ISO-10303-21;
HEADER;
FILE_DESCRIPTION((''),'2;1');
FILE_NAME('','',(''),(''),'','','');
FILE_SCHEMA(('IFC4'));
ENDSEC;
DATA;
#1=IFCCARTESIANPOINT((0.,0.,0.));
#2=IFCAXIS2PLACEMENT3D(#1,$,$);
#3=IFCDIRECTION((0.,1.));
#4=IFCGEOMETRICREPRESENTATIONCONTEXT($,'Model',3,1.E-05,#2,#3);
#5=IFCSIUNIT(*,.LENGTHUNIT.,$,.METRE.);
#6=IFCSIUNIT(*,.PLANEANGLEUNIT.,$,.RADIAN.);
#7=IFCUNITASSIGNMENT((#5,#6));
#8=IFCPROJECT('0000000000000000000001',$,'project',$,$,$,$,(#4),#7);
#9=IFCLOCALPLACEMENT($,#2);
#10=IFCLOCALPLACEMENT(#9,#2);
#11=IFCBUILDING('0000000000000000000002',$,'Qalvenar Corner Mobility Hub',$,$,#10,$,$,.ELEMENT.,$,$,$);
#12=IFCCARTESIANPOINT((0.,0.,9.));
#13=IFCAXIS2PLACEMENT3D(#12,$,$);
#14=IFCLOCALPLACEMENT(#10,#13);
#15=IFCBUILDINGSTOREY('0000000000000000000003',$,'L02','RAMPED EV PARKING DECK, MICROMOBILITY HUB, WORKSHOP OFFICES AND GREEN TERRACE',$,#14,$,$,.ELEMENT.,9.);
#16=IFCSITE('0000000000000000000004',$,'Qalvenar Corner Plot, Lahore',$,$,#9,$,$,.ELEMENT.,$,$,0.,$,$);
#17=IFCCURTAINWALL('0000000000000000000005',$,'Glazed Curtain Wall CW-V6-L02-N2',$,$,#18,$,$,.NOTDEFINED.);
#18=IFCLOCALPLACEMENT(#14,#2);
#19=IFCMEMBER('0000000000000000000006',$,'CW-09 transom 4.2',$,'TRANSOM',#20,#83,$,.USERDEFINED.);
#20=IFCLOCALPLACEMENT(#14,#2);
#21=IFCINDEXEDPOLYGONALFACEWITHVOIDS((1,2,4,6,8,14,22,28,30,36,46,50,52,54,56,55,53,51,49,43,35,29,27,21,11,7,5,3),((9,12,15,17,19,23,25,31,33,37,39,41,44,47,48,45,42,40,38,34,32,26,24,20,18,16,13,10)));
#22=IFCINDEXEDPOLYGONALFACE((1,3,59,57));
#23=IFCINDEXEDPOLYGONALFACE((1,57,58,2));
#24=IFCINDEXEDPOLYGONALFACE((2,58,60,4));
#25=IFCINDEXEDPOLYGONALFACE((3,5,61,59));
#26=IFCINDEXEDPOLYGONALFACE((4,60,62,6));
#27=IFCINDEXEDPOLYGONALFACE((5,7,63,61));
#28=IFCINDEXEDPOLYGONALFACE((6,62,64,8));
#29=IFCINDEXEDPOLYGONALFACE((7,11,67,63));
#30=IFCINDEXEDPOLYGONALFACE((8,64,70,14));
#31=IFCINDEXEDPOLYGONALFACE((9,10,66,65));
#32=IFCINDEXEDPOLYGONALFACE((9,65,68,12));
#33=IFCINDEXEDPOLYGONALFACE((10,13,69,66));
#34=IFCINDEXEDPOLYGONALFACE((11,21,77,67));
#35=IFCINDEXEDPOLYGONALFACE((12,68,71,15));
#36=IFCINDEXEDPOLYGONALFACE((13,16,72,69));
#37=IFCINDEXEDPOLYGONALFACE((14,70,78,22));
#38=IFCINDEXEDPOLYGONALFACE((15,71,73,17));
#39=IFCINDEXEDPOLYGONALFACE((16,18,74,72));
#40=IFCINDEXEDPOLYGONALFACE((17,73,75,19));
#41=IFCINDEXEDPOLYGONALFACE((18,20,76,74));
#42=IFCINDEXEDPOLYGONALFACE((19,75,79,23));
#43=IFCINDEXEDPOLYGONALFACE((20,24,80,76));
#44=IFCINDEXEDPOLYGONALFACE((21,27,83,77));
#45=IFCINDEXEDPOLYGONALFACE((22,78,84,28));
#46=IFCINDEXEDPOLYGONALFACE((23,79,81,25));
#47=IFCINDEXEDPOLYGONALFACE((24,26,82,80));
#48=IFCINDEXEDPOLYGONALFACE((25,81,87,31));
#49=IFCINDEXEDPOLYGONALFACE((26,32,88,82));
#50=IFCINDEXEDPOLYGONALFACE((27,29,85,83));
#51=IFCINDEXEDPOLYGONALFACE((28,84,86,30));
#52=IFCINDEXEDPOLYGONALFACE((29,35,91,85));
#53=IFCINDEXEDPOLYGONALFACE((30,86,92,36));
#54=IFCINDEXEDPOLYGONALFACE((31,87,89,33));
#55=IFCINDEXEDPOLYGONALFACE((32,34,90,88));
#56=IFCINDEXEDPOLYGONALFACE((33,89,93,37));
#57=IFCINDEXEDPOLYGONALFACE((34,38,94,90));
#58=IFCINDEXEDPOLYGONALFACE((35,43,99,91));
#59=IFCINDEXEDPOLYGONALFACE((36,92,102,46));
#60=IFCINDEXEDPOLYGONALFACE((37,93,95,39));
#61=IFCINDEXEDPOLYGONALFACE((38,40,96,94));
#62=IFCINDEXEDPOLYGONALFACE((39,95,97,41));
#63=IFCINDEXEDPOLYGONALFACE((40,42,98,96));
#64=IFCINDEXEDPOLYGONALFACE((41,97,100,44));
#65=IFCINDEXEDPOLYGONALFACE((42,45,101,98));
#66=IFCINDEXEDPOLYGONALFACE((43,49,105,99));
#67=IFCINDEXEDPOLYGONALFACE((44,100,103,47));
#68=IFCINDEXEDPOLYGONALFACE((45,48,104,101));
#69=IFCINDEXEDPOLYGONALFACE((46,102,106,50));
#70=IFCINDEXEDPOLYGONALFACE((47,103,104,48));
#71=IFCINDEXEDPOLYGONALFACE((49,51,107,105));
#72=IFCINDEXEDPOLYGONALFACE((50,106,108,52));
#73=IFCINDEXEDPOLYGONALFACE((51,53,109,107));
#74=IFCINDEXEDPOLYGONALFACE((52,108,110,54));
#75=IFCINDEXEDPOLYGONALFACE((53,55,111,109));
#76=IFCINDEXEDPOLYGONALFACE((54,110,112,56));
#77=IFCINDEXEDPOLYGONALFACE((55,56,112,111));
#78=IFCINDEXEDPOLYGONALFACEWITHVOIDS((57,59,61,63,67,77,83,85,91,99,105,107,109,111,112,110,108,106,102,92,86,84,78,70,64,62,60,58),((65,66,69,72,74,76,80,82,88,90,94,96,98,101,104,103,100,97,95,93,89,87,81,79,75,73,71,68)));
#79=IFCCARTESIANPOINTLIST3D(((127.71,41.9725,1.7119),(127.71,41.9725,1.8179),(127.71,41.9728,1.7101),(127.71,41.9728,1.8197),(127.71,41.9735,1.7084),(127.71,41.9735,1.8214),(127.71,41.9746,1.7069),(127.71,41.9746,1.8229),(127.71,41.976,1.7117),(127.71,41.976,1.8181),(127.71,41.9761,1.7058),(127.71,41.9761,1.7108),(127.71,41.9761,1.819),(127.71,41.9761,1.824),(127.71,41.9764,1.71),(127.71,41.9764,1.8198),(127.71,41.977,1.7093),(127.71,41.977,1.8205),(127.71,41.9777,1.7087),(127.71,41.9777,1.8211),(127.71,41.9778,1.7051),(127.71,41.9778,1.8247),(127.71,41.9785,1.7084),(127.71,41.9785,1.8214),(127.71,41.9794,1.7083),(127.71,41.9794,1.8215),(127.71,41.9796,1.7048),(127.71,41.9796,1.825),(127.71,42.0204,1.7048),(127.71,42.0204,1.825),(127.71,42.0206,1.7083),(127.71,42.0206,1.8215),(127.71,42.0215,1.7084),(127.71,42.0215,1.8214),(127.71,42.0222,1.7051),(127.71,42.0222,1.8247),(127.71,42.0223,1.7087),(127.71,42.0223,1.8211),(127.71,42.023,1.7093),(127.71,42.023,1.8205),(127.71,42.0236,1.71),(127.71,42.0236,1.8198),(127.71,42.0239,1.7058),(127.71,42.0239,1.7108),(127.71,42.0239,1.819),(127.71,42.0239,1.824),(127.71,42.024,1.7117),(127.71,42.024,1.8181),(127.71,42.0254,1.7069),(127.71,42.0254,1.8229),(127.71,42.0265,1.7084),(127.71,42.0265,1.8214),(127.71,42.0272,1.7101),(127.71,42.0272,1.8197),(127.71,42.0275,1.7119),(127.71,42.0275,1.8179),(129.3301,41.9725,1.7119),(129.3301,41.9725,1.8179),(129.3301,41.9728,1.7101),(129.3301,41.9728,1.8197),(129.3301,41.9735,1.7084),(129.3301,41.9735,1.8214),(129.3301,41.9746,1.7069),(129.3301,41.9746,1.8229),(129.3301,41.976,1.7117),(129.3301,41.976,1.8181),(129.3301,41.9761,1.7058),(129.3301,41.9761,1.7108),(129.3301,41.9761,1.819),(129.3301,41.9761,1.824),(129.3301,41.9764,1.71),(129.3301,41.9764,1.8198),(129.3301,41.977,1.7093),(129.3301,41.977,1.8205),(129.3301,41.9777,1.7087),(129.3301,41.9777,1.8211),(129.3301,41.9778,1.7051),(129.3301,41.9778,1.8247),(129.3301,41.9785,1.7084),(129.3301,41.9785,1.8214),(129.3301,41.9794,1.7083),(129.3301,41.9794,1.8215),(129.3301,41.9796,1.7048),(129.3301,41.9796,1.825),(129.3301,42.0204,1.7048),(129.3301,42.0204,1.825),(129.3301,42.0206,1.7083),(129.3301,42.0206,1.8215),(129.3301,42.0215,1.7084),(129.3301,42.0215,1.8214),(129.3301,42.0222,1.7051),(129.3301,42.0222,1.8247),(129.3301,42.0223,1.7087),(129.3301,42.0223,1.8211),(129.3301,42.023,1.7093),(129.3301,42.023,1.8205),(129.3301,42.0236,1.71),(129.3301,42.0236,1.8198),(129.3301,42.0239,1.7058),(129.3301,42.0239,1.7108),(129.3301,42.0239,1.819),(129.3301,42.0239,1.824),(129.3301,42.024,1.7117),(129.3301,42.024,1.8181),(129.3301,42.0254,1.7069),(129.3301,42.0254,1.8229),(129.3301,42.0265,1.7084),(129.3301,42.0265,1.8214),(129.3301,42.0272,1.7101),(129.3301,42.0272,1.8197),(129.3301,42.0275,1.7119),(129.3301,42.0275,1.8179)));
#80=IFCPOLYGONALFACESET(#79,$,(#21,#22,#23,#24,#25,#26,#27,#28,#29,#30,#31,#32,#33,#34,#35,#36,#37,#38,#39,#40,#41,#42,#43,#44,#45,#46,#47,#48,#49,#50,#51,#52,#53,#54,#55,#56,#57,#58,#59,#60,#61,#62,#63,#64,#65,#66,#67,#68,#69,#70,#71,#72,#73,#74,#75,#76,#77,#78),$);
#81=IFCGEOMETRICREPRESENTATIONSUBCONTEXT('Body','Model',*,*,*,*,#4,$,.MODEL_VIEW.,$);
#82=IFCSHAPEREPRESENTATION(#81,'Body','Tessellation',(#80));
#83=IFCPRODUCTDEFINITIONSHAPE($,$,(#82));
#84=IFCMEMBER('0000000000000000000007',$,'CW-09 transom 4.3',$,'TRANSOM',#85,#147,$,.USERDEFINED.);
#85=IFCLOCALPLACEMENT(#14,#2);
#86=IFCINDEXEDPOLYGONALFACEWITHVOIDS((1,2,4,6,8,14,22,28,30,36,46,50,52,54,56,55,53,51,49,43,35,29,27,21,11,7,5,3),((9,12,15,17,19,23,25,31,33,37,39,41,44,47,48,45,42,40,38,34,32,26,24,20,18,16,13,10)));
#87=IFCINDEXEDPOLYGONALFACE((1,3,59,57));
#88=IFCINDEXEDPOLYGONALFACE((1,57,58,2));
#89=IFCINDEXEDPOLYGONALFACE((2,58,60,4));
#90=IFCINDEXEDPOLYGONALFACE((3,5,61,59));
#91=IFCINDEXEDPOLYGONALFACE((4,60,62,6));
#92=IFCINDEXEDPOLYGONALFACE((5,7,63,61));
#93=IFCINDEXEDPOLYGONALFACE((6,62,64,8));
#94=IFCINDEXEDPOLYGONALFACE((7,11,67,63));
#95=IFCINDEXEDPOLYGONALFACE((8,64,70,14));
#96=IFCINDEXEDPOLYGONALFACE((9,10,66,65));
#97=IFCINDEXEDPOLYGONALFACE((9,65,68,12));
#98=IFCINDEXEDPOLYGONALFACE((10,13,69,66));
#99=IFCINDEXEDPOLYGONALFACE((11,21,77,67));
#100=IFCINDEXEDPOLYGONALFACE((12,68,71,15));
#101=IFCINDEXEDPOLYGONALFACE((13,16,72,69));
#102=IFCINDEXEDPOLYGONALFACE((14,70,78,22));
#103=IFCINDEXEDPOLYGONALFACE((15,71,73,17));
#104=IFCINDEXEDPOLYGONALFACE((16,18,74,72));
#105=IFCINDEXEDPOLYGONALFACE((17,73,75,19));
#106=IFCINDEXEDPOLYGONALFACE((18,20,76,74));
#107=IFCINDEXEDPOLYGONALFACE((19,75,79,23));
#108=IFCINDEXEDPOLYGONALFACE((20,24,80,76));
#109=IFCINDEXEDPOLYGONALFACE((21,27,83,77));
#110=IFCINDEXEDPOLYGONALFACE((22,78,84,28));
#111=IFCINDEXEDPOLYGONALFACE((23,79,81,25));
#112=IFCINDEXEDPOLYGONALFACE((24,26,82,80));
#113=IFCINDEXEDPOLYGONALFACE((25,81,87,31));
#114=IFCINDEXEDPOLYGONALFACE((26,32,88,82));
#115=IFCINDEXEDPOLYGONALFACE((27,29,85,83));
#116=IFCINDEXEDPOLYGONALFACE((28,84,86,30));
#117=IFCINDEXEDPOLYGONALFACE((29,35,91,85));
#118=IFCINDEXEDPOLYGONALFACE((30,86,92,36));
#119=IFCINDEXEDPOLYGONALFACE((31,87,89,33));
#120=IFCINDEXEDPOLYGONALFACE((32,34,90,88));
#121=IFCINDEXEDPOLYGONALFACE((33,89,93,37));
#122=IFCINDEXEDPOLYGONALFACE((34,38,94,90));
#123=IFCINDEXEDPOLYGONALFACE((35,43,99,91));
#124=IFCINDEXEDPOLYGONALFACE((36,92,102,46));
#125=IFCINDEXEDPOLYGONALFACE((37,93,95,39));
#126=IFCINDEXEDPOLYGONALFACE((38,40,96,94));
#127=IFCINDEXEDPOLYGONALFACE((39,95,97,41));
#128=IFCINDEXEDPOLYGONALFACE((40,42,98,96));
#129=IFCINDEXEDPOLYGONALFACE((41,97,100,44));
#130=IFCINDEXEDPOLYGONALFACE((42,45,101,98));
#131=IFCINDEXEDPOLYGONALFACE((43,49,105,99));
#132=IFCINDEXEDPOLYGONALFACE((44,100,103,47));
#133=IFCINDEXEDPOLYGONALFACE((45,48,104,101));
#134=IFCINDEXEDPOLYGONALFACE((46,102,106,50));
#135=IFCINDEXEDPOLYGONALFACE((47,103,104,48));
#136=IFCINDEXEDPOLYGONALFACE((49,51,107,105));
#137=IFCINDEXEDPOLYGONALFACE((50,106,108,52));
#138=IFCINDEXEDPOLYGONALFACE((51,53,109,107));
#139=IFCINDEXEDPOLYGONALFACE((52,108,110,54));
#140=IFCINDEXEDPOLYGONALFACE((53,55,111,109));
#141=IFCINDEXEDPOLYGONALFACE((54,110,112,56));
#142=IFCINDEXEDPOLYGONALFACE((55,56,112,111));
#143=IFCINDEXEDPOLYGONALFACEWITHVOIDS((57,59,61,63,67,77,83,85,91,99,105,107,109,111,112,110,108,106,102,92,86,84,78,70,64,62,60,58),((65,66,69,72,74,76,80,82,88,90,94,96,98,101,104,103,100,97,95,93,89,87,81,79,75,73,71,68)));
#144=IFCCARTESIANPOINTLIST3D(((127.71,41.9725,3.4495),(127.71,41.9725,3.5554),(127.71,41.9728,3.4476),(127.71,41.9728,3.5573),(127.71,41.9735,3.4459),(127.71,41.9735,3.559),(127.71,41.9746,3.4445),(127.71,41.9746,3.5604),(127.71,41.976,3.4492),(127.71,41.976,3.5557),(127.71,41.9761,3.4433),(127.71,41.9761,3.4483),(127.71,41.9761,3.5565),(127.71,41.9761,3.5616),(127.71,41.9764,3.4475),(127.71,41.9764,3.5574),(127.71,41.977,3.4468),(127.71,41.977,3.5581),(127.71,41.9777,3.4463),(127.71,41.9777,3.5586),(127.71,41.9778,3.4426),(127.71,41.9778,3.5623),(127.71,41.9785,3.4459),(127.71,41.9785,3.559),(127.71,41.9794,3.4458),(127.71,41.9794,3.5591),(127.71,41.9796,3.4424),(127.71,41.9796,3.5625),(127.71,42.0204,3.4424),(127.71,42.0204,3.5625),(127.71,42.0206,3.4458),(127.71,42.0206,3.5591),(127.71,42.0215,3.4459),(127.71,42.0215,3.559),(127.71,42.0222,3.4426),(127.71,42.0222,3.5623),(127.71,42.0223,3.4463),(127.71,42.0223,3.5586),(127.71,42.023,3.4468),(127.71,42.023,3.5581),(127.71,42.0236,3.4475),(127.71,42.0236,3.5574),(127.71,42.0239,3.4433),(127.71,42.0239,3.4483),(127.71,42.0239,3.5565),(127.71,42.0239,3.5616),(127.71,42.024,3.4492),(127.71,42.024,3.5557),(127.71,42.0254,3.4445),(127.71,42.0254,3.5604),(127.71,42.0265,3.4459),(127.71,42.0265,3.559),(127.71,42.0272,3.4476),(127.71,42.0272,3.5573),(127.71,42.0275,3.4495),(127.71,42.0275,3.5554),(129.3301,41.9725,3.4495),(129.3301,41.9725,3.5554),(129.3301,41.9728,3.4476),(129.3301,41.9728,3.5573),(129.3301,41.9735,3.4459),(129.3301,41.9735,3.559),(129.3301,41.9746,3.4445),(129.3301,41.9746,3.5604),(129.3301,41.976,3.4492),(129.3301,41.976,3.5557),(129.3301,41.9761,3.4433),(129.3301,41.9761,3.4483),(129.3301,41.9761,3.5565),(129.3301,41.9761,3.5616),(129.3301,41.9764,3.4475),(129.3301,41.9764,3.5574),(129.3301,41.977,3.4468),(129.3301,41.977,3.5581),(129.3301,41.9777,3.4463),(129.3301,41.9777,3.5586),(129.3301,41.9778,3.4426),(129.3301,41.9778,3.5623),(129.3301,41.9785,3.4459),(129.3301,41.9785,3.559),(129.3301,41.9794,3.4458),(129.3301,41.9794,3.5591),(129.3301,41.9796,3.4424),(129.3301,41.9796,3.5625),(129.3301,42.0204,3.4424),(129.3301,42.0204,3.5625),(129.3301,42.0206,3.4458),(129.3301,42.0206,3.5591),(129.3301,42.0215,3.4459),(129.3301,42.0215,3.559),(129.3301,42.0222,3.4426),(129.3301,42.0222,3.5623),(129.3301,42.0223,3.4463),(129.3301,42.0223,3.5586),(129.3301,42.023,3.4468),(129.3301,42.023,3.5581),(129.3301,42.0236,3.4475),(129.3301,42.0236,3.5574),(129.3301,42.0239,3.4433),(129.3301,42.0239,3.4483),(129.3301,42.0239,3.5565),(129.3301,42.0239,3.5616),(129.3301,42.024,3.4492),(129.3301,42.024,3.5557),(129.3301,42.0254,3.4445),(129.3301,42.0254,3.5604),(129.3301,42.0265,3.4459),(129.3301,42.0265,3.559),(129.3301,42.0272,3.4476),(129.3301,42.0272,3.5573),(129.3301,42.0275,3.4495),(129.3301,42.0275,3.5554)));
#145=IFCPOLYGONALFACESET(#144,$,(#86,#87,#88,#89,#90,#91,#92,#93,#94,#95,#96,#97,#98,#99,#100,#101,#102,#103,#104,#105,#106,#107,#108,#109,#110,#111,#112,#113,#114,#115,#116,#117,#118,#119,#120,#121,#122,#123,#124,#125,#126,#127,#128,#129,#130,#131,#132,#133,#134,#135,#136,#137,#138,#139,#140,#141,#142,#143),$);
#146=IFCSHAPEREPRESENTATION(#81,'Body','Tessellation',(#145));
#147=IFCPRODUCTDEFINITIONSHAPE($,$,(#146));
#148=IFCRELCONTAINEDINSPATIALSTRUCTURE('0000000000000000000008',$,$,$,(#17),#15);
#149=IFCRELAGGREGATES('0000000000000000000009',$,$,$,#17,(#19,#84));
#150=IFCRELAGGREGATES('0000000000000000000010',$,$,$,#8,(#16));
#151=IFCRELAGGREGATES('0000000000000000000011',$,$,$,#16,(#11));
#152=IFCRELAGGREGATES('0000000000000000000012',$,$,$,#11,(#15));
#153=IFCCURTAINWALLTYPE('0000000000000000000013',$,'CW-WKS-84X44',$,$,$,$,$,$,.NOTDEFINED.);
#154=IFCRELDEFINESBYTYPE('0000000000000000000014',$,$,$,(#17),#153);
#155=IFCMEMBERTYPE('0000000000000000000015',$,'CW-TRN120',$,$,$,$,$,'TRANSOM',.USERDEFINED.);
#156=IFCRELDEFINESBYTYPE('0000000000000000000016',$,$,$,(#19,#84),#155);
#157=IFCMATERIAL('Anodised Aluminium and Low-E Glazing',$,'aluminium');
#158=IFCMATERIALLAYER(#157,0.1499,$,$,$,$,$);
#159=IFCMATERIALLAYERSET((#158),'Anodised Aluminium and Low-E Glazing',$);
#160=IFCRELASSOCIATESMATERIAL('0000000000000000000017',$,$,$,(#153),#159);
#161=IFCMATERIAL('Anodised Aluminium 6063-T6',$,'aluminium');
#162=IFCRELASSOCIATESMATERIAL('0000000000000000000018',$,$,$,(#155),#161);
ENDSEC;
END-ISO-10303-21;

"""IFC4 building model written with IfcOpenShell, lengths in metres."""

from ifc_helpers import new_model, si_unit, direction, frame, origin, origin_2d, place, context, subcontext, project, spatial, hollow_rectangle, extrude, material, layer, layer_set, material_profile, profile_set, type_object, element, aggregate, save


model = new_model("IFC4")

# Units and contexts
model_context = context("Model", 3, precision=1e-05, world=origin(), true_north=direction((0.0, 1.0)))
body_context = subcontext(model_context, "Body", "Model", "MODEL_VIEW")
ifc_project = project(units=[si_unit("LENGTHUNIT", "METRE"), si_unit("PLANEANGLEUNIT", "RADIAN")], contexts=[model_context])

# Site, building, storey
site_placement = place(None, origin())
site = spatial("IfcSite", under=ifc_project, at=site_placement, Name="Qalvenar Corner Plot, Lahore", CompositionType="ELEMENT", RefElevation=0.0)
building_placement = place(site_placement, origin())
building = spatial("IfcBuilding", under=site, at=building_placement, Name="Qalvenar Corner Mobility Hub", CompositionType="ELEMENT")
storey_placement = place(building_placement, frame((0.0, 0.0, 9.0)))
storey = spatial("IfcBuildingStorey", under=building, at=storey_placement, Name="L02", Description="RAMPED EV PARKING DECK, MICROMOBILITY HUB, WORKSHOP OFFICES AND GREEN TERRACE", CompositionType="ELEMENT", Elevation=9.0)

# Curtain wall, members
ifc_material_1 = material(Name="Anodised Aluminium and Low-E Glazing", Category="aluminium")
ifc_layer_1 = layer(ifc_material_1, 0.1499)
ifc_layer_set_1 = layer_set([ifc_layer_1], Name="Anodised Aluminium and Low-E Glazing")
curtain_wall_type = type_object("IfcCurtainWallType", Name="CW-WKS-84X44", PredefinedType="NOTDEFINED", material=ifc_layer_set_1)
curtain_wall_placement = place(storey_placement, origin())
curtain_wall = element("IfcCurtainWall", 1, at=curtain_wall_placement, inside=storey, type_object=curtain_wall_type, Name="Glazed Curtain Wall CW-V6-L02-N2", PredefinedType="NOTDEFINED")
ifc_material_2 = material(Name="Anodised Aluminium 6063-T6", Category="aluminium")
ifc_material_profile_1 = material_profile(ifc_material_2, hollow_rectangle(XDim=0.0549, YDim=0.1201, WallThickness=0.0034, InnerFilletRadius=0.0034, OuterFilletRadius=0.0071, at=origin_2d()), Name="RHS120x55x3.5")
ifc_profile_set_1 = profile_set([ifc_material_profile_1], Name="Anodised Aluminium 6063-T6")
member_type_1 = type_object("IfcMemberType", Name="CW-TRN120", ElementType="TRANSOM", PredefinedType="USERDEFINED", material=ifc_profile_set_1)
member_1_placement = place(storey_placement, frame((129.3301, 42.0, 1.7649), z_axis=(-1.0, 0.0, 0.0), x_axis=(0.0, -1.0, 0.0)))
member_1 = element("IfcMember", 2, at=member_1_placement, type_object=member_type_1, Name="CW-09 transom 4.2", ObjectType="TRANSOM", PredefinedType="USERDEFINED", context=body_context, shape_type="SweptSolid", body=[
    extrude(hollow_rectangle(XDim=0.0549, YDim=0.1201, WallThickness=0.0034, InnerFilletRadius=0.0034, OuterFilletRadius=0.0071, at=origin_2d()), origin(), (0.0, 0.0, 1.0), 1.6201),
])
member_2_placement = place(storey_placement, frame((129.3301, 42.0, 3.5024), z_axis=(-1.0, 0.0, 0.0), x_axis=(0.0, -1.0, 0.0)))
member_2 = element("IfcMember", 3, at=member_2_placement, type_object=member_type_1, Name="CW-09 transom 4.3", ObjectType="TRANSOM", PredefinedType="USERDEFINED", context=body_context, shape_type="SweptSolid", body=[
    extrude(hollow_rectangle(XDim=0.0549, YDim=0.1201, WallThickness=0.0034, InnerFilletRadius=0.0034, OuterFilletRadius=0.0071, at=origin_2d()), origin(), (0.0, 0.0, 1.0), 1.6201),
])
aggregate(curtain_wall, [member_1, member_2])

save(model, "model.ifc")
